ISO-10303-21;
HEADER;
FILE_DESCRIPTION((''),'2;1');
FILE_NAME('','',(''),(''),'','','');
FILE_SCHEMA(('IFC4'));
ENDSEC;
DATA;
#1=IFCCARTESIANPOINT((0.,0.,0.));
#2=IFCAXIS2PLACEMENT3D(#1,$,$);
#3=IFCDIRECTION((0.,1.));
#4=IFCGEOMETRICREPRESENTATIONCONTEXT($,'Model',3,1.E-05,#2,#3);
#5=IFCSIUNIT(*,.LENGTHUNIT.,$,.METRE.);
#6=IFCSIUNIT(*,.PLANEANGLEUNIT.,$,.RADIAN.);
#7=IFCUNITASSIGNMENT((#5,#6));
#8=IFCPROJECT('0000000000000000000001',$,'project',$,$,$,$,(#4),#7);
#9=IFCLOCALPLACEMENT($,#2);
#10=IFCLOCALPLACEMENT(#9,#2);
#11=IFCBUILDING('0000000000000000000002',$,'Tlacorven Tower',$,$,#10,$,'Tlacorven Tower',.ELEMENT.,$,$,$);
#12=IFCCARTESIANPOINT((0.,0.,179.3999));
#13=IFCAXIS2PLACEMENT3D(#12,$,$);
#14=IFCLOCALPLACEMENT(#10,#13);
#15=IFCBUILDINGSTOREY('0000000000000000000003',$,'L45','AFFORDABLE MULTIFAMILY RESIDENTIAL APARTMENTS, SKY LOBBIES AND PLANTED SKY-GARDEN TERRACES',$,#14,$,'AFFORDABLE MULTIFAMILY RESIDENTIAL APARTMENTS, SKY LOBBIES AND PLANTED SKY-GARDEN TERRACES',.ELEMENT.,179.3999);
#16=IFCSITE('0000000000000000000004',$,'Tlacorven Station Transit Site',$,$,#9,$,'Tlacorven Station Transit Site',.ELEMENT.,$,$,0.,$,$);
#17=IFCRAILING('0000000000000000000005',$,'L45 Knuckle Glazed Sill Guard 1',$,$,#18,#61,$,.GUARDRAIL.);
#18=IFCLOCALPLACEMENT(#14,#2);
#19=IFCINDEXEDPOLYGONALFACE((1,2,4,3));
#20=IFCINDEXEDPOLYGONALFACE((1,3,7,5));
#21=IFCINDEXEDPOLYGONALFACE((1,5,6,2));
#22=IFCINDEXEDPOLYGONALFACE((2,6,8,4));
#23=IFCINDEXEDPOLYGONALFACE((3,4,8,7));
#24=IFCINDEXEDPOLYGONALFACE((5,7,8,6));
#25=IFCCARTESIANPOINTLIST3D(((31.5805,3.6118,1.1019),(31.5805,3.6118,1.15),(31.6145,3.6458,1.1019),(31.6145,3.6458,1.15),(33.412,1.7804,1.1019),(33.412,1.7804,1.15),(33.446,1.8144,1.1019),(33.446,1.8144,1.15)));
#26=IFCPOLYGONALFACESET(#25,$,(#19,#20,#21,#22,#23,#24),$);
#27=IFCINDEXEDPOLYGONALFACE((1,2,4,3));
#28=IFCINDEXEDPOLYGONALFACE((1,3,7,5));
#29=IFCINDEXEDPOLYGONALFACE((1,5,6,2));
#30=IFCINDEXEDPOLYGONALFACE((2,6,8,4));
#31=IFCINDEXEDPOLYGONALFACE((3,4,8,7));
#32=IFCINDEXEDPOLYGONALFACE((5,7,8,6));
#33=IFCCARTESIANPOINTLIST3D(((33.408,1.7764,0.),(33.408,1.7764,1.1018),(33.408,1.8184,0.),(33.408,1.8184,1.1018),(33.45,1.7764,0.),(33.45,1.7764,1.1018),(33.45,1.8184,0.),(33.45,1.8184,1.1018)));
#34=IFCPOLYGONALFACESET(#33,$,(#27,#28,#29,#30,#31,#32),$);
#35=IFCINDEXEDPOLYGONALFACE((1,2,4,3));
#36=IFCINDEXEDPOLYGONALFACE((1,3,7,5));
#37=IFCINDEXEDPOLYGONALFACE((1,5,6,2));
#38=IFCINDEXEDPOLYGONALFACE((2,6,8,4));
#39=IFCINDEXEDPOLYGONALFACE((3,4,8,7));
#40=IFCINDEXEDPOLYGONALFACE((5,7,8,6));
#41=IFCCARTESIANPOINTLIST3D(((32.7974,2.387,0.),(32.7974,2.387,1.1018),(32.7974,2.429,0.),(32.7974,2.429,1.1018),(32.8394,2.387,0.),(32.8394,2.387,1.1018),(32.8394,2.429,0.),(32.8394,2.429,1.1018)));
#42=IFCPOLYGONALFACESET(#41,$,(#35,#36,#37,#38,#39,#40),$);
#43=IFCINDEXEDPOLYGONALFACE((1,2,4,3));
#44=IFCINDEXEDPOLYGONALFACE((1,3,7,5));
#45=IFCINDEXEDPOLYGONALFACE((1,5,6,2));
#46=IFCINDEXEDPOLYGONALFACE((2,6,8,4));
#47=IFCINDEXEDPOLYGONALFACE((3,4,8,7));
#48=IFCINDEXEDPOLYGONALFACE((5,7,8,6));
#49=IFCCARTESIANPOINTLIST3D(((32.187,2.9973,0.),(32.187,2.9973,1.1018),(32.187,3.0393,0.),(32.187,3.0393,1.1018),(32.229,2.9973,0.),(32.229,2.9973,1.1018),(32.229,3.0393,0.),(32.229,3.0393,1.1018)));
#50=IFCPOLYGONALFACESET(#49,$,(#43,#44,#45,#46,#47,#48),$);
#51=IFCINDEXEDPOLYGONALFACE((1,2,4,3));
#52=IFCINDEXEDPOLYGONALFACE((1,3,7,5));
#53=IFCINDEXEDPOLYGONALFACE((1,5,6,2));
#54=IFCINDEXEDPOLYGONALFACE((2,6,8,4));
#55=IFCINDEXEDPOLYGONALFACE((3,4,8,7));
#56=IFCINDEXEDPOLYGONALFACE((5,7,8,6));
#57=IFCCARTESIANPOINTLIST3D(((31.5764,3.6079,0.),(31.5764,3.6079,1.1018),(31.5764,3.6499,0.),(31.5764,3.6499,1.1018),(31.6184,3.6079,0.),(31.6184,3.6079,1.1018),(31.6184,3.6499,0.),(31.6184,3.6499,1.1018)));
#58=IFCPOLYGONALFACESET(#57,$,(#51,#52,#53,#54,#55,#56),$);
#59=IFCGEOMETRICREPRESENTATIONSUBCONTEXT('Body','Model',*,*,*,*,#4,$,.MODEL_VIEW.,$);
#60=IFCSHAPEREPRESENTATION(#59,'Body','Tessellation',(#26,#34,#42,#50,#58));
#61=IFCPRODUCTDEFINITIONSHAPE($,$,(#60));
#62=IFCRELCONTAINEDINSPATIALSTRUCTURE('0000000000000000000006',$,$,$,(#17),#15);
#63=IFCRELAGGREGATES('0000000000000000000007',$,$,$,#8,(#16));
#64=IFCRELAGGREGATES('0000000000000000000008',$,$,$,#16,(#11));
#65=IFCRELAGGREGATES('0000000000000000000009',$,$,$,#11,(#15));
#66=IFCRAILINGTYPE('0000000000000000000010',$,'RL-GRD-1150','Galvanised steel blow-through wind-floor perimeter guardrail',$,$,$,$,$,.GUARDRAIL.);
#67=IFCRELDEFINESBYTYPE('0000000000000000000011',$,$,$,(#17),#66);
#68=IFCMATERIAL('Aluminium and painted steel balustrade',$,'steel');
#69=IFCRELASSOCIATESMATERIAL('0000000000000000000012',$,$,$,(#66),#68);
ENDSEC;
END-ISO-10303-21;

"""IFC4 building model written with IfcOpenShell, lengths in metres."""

from ifc_helpers import new_model, si_unit, direction, frame, origin, origin_2d, place, context, subcontext, project, spatial, rectangle, extrude, source, transform, mapped, material, type_object, element, save


model = new_model("IFC4")

# Units and contexts
model_context = context("Model", 3, precision=1e-05, world=origin(), true_north=direction((0.0, 1.0)))
body_context = subcontext(model_context, "Body", "Model", "MODEL_VIEW")
ifc_project = project(units=[si_unit("LENGTHUNIT", "METRE"), si_unit("PLANEANGLEUNIT", "RADIAN")], contexts=[model_context])

# Site, building, storey
site_placement = place(None, origin())
site = spatial("IfcSite", under=ifc_project, at=site_placement, Name="Tlacorven Station Transit Site", LongName="Tlacorven Station Transit Site", CompositionType="ELEMENT", RefElevation=0.0)
building_placement = place(site_placement, origin())
building = spatial("IfcBuilding", under=site, at=building_placement, Name="Tlacorven Tower", LongName="Tlacorven Tower", CompositionType="ELEMENT")
storey_placement = place(building_placement, frame((0.0, 0.0, 179.3999)))
storey = spatial("IfcBuildingStorey", under=building, at=storey_placement, Name="L45", Description="AFFORDABLE MULTIFAMILY RESIDENTIAL APARTMENTS, SKY LOBBIES AND PLANTED SKY-GARDEN TERRACES", LongName="AFFORDABLE MULTIFAMILY RESIDENTIAL APARTMENTS, SKY LOBBIES AND PLANTED SKY-GARDEN TERRACES", CompositionType="ELEMENT", Elevation=179.3999)

# Railing
ifc_material_1 = material(Name="Aluminium and painted steel balustrade", Category="steel")
railing_type = type_object("IfcRailingType", Name="RL-GRD-1150", Description="Galvanised steel blow-through wind-floor perimeter guardrail", PredefinedType="GUARDRAIL", material=ifc_material_1)
shared_shape_1 = source(origin(), body_context, "Body", "SweptSolid", [
    extrude(rectangle(XDim=0.0481, YDim=0.0481, at=origin_2d()), frame((0.0, 0.0, 1.126), z_axis=(-0.707107, 0.707107, 0.0), x_axis=(-0.707107, -0.707107, 0.0)), (0.0, 0.0, 1.0), 2.5901),
    extrude(rectangle(XDim=0.042, YDim=0.042, at=origin_2d()), origin(), (0.0, 0.0, 1.0), 1.1018),
    extrude(rectangle(XDim=0.042, YDim=0.042, at=origin_2d()), frame((-0.6106, 0.6106, 0.0)), (0.0, 0.0, 1.0), 1.1018),
    extrude(rectangle(XDim=0.042, YDim=0.042, at=origin_2d()), frame((-1.2209, 1.2209, 0.0)), (0.0, 0.0, 1.0), 1.1018),
    extrude(rectangle(XDim=0.042, YDim=0.042, at=origin_2d()), frame((-1.8315, 1.8315, 0.0)), (0.0, 0.0, 1.0), 1.1018),
])
railing_placement = place(storey_placement, frame((33.429, 1.7974, 0.0)))
element("IfcRailing", 1, at=railing_placement, inside=storey, type_object=railing_type, Name="L45 Knuckle Glazed Sill Guard 1", PredefinedType="GUARDRAIL", context=body_context, shape_type="MappedRepresentation", body=[
    mapped(shared_shape_1, transform((0.0, 0.0, 0.0), scale=1.0)),
])

save(model, "model.ifc")
